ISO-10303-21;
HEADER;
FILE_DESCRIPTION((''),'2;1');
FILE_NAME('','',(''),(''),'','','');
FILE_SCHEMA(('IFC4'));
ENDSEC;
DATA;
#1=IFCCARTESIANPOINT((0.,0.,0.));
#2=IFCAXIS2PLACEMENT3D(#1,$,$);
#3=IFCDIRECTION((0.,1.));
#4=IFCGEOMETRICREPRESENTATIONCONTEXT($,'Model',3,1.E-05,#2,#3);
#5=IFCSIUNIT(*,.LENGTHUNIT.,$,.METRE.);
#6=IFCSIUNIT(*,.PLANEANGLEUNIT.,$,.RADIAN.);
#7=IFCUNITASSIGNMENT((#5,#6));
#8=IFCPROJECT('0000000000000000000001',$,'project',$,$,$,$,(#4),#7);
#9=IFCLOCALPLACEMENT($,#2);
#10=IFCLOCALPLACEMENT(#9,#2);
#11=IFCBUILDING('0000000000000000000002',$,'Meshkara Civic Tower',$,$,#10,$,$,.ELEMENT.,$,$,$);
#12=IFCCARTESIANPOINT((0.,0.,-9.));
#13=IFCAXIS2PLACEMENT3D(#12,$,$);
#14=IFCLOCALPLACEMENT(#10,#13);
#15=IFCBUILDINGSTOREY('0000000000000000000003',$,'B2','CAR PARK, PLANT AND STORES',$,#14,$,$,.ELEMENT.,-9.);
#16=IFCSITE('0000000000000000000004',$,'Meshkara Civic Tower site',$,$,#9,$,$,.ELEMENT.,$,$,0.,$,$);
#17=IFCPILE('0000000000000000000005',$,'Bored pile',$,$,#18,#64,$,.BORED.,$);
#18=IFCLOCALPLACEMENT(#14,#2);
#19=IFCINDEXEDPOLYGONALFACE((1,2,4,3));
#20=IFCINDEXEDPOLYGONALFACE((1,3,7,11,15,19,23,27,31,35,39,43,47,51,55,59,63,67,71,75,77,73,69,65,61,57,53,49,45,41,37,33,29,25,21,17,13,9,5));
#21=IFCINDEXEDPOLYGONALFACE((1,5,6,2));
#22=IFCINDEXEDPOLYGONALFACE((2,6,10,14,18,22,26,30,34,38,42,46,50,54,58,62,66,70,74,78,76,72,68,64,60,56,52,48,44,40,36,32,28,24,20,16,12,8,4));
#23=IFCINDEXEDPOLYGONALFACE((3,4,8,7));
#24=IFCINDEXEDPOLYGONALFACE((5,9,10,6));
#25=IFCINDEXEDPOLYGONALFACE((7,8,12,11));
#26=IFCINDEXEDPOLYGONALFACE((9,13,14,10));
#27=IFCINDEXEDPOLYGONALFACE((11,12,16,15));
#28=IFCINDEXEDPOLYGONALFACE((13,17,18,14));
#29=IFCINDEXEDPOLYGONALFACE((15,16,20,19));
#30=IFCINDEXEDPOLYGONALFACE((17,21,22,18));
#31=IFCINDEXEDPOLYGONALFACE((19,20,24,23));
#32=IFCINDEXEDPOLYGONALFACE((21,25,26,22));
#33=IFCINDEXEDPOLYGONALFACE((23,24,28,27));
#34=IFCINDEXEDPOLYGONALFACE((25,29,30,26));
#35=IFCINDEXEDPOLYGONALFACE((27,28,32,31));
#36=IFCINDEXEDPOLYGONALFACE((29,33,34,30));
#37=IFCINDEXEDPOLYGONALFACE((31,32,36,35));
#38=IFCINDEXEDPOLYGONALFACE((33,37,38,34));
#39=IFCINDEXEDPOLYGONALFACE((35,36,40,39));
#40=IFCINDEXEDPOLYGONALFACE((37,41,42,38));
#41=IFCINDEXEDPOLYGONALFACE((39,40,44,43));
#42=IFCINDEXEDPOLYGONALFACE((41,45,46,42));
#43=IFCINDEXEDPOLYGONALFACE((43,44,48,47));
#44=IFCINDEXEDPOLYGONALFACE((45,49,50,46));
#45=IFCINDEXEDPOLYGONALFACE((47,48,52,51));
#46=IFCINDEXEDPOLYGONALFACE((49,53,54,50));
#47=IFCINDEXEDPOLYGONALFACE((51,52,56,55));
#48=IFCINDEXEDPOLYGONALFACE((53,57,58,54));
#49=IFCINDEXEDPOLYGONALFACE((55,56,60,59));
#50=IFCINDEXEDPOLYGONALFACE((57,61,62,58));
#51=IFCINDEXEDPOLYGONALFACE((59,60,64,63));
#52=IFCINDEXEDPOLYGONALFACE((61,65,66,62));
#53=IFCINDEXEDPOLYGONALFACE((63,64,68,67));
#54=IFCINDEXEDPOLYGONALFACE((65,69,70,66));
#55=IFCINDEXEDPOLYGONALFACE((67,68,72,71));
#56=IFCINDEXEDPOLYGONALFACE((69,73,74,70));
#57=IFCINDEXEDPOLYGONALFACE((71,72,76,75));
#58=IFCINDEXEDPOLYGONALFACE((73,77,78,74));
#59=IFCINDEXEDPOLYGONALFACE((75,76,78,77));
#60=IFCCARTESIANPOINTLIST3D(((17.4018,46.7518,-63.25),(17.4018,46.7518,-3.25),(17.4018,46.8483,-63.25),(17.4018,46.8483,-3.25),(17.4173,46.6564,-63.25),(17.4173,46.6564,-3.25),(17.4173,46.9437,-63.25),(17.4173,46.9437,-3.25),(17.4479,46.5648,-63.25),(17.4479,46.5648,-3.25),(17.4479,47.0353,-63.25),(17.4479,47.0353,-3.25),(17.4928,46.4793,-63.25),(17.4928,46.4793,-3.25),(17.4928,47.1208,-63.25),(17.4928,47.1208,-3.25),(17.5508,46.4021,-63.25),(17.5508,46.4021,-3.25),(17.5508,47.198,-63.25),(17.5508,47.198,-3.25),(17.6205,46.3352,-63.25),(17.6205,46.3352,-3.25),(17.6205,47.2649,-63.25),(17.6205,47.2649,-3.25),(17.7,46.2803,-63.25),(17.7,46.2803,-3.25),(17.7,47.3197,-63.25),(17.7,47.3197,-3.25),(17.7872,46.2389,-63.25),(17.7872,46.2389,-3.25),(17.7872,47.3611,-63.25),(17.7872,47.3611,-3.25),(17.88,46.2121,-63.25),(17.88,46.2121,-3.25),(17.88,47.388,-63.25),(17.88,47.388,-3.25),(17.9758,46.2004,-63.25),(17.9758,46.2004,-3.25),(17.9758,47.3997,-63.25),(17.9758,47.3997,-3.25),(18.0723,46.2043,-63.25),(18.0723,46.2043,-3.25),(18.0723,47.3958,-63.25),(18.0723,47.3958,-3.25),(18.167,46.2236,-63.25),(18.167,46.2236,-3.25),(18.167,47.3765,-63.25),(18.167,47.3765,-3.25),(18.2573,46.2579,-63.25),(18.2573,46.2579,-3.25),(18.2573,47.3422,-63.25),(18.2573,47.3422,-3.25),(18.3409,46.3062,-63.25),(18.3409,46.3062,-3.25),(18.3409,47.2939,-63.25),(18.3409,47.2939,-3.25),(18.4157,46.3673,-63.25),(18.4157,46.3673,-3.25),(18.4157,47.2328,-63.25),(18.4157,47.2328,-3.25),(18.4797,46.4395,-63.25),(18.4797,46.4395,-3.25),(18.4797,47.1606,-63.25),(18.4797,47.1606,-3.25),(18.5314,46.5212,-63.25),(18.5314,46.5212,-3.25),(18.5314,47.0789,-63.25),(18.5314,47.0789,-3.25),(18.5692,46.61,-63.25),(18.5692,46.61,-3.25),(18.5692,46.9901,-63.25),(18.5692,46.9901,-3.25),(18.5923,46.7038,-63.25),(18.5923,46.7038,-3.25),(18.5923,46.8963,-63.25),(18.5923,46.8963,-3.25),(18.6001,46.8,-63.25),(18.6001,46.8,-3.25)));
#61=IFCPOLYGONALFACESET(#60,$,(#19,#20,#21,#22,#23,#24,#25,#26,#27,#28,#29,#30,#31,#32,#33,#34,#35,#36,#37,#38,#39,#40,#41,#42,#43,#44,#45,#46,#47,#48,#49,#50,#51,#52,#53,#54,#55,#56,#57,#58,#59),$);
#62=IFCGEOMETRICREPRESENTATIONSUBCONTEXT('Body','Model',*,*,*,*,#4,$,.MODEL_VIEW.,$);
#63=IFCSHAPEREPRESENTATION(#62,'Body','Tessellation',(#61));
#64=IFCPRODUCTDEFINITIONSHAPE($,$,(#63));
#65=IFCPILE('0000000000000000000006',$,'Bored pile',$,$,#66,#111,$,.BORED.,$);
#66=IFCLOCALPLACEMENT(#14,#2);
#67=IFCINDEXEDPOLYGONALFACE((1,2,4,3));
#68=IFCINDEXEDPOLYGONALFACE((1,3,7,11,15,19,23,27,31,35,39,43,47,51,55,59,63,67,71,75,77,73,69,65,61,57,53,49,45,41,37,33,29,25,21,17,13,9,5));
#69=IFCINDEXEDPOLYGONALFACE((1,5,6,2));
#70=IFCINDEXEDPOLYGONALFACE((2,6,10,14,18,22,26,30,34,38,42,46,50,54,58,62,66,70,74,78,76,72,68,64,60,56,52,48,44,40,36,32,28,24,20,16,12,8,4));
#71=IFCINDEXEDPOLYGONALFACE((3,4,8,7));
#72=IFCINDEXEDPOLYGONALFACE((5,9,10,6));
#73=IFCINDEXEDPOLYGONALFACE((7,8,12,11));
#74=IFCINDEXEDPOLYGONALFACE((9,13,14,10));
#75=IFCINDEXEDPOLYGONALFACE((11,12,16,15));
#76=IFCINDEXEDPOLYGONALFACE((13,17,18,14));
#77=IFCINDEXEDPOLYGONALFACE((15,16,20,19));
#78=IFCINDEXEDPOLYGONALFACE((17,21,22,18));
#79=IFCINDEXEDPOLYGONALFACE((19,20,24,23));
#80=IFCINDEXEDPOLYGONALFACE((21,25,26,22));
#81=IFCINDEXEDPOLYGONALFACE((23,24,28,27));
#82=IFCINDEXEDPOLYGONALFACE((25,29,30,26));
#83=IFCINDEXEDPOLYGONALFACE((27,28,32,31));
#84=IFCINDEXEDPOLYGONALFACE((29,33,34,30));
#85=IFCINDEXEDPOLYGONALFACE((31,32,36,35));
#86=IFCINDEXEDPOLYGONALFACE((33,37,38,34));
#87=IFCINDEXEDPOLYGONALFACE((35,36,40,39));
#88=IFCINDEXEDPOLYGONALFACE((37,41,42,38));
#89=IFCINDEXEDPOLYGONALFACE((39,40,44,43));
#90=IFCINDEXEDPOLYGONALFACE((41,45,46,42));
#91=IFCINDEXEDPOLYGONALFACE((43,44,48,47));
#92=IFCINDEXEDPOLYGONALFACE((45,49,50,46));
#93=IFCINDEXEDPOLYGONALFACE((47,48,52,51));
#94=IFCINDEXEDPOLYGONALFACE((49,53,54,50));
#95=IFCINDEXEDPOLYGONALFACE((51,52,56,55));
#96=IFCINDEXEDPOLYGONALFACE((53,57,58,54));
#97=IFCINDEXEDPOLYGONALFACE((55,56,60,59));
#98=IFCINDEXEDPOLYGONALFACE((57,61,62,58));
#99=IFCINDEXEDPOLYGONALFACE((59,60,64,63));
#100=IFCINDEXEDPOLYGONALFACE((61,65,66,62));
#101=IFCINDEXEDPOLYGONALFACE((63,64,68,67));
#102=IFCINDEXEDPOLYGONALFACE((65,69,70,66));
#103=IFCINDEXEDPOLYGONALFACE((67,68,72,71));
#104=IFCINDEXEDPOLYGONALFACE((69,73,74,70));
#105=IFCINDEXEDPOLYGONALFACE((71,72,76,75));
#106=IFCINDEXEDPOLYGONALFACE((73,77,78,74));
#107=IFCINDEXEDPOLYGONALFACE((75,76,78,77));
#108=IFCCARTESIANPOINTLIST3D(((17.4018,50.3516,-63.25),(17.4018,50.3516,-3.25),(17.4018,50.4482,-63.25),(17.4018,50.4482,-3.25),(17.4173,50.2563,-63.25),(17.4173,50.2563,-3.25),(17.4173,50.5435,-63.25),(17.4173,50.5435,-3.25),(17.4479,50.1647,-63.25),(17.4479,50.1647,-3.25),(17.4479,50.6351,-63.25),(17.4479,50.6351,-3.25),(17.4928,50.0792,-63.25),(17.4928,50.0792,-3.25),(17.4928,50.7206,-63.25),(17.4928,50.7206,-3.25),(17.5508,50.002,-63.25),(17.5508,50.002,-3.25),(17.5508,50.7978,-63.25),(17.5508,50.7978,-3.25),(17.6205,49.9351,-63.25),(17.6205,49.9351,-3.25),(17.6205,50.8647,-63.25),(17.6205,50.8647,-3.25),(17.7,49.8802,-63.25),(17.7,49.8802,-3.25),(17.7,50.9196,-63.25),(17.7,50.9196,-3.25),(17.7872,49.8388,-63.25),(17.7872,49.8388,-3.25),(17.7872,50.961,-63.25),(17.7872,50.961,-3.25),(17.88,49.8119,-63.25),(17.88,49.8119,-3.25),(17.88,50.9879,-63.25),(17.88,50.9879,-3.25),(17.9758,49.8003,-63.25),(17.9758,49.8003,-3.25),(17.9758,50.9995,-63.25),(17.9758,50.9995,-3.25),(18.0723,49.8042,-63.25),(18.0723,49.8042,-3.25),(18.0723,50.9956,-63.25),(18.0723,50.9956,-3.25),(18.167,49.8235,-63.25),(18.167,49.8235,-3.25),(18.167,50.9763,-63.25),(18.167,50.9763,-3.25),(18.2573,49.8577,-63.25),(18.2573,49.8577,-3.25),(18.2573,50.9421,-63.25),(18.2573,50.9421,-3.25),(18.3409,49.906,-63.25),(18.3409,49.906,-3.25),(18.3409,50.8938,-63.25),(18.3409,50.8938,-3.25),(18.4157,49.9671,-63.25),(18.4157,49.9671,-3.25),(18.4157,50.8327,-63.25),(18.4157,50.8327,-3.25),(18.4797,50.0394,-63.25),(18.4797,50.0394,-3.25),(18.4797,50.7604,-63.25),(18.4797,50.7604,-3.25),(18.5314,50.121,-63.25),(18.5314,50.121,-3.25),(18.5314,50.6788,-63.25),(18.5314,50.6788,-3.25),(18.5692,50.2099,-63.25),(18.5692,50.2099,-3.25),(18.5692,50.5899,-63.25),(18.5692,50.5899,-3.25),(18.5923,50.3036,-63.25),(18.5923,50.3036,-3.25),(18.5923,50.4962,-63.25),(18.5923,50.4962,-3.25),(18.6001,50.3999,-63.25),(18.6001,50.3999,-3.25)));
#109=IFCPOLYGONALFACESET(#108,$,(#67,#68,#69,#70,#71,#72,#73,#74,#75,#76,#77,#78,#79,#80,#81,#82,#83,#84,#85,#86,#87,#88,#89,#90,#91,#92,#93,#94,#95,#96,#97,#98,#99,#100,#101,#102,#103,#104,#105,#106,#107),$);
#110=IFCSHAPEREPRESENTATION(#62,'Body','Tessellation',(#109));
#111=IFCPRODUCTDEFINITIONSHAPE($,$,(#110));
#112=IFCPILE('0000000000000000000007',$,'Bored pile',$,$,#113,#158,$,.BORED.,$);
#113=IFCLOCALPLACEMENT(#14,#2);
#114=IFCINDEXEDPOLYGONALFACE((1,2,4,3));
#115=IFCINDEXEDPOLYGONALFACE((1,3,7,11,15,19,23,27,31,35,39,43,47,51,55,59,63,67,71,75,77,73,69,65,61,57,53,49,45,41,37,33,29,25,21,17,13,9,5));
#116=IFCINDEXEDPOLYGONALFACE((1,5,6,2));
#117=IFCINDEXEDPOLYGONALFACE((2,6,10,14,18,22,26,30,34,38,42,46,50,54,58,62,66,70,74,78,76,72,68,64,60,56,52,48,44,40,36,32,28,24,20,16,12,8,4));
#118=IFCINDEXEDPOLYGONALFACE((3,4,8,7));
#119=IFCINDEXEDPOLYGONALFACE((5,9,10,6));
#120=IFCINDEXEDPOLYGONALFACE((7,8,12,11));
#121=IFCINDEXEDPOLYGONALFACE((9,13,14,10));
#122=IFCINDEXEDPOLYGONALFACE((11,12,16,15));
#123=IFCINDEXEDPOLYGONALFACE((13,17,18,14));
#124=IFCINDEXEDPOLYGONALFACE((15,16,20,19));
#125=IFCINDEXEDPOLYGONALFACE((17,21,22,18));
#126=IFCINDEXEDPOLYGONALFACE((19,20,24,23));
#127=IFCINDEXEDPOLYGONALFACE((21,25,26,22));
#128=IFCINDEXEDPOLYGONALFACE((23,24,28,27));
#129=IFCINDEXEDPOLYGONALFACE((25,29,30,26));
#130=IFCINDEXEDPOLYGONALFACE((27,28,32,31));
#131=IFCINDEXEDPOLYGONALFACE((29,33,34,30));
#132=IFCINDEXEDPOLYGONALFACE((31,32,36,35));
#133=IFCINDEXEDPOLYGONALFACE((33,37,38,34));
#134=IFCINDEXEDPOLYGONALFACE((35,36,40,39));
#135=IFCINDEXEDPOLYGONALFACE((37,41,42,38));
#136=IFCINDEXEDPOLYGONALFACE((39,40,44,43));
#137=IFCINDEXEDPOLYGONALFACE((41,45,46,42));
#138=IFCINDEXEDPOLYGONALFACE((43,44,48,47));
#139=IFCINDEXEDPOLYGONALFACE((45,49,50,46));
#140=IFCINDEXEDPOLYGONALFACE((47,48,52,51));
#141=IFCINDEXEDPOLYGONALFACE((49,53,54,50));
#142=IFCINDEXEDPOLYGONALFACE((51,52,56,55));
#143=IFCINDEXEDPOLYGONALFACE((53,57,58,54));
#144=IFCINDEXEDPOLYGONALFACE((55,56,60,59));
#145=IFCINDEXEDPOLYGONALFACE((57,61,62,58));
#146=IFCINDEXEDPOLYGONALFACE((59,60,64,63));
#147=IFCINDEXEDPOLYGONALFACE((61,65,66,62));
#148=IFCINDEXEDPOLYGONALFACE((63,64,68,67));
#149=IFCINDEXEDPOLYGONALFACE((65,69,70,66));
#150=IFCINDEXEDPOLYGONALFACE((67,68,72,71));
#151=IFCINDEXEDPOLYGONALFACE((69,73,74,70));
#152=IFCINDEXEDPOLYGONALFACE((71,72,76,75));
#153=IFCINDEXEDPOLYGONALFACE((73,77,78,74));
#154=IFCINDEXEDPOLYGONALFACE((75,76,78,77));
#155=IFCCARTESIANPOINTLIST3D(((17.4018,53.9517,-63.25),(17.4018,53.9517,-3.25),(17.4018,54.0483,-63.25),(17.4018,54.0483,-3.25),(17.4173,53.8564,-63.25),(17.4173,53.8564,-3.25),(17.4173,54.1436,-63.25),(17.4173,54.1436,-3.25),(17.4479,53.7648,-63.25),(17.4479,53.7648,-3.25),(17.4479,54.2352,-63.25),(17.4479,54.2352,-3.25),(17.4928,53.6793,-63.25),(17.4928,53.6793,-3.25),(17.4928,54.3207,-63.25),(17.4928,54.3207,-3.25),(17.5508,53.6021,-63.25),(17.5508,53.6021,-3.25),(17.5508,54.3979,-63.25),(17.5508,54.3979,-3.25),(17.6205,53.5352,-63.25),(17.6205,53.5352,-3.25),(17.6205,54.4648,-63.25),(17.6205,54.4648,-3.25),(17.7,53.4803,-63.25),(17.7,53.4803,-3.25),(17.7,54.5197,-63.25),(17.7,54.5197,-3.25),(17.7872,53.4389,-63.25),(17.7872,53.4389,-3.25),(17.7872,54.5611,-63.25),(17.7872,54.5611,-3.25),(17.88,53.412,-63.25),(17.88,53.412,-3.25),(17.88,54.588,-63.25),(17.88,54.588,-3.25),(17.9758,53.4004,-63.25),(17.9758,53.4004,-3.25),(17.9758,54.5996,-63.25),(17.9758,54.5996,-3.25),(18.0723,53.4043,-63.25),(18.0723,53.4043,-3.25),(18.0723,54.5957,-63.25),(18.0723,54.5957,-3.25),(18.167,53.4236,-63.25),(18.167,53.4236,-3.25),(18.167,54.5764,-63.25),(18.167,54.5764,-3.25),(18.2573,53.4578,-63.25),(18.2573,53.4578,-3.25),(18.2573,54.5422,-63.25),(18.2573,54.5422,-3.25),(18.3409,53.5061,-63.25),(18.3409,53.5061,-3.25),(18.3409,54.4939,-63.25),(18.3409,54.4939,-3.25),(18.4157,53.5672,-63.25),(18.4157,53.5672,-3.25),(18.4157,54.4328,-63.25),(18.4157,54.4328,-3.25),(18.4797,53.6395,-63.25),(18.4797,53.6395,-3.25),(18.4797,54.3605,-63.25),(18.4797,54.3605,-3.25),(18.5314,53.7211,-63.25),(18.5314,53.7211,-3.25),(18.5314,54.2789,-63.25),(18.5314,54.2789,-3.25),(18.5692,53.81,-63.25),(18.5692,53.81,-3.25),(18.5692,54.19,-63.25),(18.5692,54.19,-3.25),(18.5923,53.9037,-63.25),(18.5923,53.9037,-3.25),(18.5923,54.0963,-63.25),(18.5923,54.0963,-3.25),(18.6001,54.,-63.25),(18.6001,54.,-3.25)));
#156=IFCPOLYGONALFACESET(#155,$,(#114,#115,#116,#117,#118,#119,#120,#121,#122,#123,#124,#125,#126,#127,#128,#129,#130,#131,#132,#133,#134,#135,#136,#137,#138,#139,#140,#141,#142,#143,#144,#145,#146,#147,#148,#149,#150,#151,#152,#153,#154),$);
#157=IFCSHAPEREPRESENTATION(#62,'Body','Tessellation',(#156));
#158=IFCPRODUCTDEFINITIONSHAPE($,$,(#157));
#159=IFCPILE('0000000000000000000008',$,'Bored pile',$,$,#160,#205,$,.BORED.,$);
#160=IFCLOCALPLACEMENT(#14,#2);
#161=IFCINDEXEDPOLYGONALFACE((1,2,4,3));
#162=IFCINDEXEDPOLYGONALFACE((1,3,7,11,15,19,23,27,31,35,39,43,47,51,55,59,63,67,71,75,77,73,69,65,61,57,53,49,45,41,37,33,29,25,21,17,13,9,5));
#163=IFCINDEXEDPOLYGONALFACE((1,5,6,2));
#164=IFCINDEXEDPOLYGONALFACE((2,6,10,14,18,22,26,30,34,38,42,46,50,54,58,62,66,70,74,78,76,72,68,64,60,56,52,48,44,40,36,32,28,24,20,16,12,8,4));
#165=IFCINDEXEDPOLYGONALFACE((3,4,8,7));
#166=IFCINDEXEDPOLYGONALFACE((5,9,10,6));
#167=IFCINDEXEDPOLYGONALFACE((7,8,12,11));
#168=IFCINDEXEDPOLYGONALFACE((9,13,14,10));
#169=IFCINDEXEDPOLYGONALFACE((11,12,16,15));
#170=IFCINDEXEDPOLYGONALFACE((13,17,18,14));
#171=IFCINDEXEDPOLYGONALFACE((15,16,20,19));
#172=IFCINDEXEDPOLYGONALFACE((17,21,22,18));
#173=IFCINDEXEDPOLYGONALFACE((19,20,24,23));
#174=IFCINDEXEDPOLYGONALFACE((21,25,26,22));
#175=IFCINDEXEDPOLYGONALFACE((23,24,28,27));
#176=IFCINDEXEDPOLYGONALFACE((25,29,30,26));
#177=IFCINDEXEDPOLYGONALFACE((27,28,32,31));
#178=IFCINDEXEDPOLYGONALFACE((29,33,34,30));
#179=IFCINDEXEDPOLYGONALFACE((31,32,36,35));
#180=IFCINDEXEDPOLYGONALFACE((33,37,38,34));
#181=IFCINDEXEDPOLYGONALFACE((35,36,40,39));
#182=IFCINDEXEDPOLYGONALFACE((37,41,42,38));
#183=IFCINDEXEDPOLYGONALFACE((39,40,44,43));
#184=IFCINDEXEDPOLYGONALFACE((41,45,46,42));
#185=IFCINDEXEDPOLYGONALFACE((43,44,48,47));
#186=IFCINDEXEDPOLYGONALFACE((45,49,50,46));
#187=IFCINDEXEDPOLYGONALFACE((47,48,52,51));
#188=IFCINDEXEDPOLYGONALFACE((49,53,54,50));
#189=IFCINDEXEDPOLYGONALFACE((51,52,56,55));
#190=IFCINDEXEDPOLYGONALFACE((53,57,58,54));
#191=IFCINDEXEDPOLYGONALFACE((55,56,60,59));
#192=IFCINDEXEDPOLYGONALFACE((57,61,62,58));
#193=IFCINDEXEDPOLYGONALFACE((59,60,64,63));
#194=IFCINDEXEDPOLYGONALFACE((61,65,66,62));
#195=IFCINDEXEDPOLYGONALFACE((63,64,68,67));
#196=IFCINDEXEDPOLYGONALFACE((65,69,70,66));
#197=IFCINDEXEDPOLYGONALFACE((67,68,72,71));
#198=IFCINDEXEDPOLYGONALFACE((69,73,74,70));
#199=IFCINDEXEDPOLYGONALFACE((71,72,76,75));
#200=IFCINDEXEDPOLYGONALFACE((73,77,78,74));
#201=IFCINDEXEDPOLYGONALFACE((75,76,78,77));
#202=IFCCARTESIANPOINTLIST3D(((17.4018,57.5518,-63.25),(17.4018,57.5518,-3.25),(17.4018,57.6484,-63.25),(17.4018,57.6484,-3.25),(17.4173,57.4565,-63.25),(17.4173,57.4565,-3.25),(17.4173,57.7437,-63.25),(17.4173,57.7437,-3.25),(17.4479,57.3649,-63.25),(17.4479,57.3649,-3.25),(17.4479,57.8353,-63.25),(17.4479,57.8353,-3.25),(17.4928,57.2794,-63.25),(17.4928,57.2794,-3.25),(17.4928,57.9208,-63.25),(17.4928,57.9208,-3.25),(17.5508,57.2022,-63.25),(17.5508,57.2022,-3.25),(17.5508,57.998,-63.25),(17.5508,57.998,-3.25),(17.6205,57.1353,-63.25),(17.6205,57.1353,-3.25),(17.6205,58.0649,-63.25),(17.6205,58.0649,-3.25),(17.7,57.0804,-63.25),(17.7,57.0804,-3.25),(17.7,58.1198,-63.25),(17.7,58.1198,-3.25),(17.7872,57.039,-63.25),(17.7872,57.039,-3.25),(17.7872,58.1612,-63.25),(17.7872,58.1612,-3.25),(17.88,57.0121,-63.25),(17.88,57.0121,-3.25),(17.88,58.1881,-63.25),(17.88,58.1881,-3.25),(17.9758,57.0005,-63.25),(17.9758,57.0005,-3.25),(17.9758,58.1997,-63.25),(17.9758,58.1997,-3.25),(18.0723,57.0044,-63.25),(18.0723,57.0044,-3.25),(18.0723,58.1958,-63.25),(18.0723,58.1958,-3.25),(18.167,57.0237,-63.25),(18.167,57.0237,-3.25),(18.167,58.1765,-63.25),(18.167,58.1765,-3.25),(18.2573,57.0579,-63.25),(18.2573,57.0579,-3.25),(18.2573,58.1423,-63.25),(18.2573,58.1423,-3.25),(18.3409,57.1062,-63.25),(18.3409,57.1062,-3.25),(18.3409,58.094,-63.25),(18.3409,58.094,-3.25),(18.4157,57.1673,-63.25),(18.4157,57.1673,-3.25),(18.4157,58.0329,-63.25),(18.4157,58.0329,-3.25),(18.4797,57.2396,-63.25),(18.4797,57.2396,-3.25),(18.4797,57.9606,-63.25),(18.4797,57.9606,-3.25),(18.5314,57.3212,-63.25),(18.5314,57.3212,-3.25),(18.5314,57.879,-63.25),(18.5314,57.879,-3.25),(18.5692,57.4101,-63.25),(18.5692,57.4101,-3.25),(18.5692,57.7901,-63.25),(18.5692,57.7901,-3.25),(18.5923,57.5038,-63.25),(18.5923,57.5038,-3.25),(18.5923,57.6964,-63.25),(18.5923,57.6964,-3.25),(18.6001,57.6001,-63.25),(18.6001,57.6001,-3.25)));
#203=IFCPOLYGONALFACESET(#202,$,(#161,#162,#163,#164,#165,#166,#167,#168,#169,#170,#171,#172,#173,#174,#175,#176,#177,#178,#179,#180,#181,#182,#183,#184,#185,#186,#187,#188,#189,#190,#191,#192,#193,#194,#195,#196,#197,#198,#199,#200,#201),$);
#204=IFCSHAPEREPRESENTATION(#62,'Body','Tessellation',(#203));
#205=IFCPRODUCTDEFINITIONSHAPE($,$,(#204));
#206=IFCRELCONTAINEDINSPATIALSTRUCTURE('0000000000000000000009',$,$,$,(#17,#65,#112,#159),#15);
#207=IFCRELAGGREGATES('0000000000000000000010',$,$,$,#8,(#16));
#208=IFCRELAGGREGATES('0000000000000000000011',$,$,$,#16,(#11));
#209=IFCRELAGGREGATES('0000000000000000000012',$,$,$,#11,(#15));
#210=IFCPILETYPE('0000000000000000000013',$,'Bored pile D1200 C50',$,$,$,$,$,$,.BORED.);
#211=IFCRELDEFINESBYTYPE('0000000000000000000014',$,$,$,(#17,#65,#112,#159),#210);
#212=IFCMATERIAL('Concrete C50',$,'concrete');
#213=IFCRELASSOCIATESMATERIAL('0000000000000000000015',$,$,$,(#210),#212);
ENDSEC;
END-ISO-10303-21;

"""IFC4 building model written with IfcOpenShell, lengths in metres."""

from ifc_helpers import new_model, si_unit, direction, frame, origin, origin_2d, place, context, subcontext, project, spatial, circle, extrude, material, material_profile, profile_set, type_object, element, save


model = new_model("IFC4")

# Units and contexts
model_context = context("Model", 3, precision=1e-05, world=origin(), true_north=direction((0.0, 1.0)))
body_context = subcontext(model_context, "Body", "Model", "MODEL_VIEW")
ifc_project = project(units=[si_unit("LENGTHUNIT", "METRE"), si_unit("PLANEANGLEUNIT", "RADIAN")], contexts=[model_context])

# Site, building, storey
site_placement = place(None, origin())
site = spatial("IfcSite", under=ifc_project, at=site_placement, Name="Meshkara Civic Tower site", CompositionType="ELEMENT", RefElevation=0.0)
building_placement = place(site_placement, origin())
building = spatial("IfcBuilding", under=site, at=building_placement, Name="Meshkara Civic Tower", CompositionType="ELEMENT")
storey_placement = place(building_placement, frame((0.0, 0.0, -9.0)))
storey = spatial("IfcBuildingStorey", under=building, at=storey_placement, Name="B2", Description="CAR PARK, PLANT AND STORES", CompositionType="ELEMENT", Elevation=-9.0)

# Piles
ifc_material_1 = material(Name="Concrete C50", Category="concrete")
ifc_material_profile_1 = material_profile(ifc_material_1, circle(Radius=0.6001, at=origin_2d()))
ifc_profile_set_1 = profile_set([ifc_material_profile_1], Name="Concrete C50")
pile_type = type_object("IfcPileType", Name="Bored pile D1200 C50", PredefinedType="BORED", material=ifc_profile_set_1)
for number, where, z_axis, x_axis, name in (
    (1, (18.0, 46.8, -3.25), (0.0, 0.0, -1.0), (1.0, 0.0, 0.0), "Bored pile"),
    (2, (18.0, 50.3999, -3.25), (0.0, 0.0, -1.0), (1.0, 0.0, 0.0), "Bored pile"),
    (3, (18.0, 54.0, -3.25), (0.0, 0.0, -1.0), (1.0, 0.0, 0.0), "Bored pile"),
    (4, (18.0, 57.6001, -3.25), (0.0, 0.0, -1.0), (1.0, 0.0, 0.0), "Bored pile"),
):
    element("IfcPile", number, at=place(storey_placement, frame(where, z_axis=z_axis, x_axis=x_axis)), inside=storey, type_object=pile_type, Name=name, PredefinedType="BORED", context=body_context, shape_type="SweptSolid", body=[
        extrude(circle(Radius=0.6001, at=origin_2d()), origin(), (0.0, 0.0, 1.0), 60.0),
    ])

save(model, "model.ifc")
